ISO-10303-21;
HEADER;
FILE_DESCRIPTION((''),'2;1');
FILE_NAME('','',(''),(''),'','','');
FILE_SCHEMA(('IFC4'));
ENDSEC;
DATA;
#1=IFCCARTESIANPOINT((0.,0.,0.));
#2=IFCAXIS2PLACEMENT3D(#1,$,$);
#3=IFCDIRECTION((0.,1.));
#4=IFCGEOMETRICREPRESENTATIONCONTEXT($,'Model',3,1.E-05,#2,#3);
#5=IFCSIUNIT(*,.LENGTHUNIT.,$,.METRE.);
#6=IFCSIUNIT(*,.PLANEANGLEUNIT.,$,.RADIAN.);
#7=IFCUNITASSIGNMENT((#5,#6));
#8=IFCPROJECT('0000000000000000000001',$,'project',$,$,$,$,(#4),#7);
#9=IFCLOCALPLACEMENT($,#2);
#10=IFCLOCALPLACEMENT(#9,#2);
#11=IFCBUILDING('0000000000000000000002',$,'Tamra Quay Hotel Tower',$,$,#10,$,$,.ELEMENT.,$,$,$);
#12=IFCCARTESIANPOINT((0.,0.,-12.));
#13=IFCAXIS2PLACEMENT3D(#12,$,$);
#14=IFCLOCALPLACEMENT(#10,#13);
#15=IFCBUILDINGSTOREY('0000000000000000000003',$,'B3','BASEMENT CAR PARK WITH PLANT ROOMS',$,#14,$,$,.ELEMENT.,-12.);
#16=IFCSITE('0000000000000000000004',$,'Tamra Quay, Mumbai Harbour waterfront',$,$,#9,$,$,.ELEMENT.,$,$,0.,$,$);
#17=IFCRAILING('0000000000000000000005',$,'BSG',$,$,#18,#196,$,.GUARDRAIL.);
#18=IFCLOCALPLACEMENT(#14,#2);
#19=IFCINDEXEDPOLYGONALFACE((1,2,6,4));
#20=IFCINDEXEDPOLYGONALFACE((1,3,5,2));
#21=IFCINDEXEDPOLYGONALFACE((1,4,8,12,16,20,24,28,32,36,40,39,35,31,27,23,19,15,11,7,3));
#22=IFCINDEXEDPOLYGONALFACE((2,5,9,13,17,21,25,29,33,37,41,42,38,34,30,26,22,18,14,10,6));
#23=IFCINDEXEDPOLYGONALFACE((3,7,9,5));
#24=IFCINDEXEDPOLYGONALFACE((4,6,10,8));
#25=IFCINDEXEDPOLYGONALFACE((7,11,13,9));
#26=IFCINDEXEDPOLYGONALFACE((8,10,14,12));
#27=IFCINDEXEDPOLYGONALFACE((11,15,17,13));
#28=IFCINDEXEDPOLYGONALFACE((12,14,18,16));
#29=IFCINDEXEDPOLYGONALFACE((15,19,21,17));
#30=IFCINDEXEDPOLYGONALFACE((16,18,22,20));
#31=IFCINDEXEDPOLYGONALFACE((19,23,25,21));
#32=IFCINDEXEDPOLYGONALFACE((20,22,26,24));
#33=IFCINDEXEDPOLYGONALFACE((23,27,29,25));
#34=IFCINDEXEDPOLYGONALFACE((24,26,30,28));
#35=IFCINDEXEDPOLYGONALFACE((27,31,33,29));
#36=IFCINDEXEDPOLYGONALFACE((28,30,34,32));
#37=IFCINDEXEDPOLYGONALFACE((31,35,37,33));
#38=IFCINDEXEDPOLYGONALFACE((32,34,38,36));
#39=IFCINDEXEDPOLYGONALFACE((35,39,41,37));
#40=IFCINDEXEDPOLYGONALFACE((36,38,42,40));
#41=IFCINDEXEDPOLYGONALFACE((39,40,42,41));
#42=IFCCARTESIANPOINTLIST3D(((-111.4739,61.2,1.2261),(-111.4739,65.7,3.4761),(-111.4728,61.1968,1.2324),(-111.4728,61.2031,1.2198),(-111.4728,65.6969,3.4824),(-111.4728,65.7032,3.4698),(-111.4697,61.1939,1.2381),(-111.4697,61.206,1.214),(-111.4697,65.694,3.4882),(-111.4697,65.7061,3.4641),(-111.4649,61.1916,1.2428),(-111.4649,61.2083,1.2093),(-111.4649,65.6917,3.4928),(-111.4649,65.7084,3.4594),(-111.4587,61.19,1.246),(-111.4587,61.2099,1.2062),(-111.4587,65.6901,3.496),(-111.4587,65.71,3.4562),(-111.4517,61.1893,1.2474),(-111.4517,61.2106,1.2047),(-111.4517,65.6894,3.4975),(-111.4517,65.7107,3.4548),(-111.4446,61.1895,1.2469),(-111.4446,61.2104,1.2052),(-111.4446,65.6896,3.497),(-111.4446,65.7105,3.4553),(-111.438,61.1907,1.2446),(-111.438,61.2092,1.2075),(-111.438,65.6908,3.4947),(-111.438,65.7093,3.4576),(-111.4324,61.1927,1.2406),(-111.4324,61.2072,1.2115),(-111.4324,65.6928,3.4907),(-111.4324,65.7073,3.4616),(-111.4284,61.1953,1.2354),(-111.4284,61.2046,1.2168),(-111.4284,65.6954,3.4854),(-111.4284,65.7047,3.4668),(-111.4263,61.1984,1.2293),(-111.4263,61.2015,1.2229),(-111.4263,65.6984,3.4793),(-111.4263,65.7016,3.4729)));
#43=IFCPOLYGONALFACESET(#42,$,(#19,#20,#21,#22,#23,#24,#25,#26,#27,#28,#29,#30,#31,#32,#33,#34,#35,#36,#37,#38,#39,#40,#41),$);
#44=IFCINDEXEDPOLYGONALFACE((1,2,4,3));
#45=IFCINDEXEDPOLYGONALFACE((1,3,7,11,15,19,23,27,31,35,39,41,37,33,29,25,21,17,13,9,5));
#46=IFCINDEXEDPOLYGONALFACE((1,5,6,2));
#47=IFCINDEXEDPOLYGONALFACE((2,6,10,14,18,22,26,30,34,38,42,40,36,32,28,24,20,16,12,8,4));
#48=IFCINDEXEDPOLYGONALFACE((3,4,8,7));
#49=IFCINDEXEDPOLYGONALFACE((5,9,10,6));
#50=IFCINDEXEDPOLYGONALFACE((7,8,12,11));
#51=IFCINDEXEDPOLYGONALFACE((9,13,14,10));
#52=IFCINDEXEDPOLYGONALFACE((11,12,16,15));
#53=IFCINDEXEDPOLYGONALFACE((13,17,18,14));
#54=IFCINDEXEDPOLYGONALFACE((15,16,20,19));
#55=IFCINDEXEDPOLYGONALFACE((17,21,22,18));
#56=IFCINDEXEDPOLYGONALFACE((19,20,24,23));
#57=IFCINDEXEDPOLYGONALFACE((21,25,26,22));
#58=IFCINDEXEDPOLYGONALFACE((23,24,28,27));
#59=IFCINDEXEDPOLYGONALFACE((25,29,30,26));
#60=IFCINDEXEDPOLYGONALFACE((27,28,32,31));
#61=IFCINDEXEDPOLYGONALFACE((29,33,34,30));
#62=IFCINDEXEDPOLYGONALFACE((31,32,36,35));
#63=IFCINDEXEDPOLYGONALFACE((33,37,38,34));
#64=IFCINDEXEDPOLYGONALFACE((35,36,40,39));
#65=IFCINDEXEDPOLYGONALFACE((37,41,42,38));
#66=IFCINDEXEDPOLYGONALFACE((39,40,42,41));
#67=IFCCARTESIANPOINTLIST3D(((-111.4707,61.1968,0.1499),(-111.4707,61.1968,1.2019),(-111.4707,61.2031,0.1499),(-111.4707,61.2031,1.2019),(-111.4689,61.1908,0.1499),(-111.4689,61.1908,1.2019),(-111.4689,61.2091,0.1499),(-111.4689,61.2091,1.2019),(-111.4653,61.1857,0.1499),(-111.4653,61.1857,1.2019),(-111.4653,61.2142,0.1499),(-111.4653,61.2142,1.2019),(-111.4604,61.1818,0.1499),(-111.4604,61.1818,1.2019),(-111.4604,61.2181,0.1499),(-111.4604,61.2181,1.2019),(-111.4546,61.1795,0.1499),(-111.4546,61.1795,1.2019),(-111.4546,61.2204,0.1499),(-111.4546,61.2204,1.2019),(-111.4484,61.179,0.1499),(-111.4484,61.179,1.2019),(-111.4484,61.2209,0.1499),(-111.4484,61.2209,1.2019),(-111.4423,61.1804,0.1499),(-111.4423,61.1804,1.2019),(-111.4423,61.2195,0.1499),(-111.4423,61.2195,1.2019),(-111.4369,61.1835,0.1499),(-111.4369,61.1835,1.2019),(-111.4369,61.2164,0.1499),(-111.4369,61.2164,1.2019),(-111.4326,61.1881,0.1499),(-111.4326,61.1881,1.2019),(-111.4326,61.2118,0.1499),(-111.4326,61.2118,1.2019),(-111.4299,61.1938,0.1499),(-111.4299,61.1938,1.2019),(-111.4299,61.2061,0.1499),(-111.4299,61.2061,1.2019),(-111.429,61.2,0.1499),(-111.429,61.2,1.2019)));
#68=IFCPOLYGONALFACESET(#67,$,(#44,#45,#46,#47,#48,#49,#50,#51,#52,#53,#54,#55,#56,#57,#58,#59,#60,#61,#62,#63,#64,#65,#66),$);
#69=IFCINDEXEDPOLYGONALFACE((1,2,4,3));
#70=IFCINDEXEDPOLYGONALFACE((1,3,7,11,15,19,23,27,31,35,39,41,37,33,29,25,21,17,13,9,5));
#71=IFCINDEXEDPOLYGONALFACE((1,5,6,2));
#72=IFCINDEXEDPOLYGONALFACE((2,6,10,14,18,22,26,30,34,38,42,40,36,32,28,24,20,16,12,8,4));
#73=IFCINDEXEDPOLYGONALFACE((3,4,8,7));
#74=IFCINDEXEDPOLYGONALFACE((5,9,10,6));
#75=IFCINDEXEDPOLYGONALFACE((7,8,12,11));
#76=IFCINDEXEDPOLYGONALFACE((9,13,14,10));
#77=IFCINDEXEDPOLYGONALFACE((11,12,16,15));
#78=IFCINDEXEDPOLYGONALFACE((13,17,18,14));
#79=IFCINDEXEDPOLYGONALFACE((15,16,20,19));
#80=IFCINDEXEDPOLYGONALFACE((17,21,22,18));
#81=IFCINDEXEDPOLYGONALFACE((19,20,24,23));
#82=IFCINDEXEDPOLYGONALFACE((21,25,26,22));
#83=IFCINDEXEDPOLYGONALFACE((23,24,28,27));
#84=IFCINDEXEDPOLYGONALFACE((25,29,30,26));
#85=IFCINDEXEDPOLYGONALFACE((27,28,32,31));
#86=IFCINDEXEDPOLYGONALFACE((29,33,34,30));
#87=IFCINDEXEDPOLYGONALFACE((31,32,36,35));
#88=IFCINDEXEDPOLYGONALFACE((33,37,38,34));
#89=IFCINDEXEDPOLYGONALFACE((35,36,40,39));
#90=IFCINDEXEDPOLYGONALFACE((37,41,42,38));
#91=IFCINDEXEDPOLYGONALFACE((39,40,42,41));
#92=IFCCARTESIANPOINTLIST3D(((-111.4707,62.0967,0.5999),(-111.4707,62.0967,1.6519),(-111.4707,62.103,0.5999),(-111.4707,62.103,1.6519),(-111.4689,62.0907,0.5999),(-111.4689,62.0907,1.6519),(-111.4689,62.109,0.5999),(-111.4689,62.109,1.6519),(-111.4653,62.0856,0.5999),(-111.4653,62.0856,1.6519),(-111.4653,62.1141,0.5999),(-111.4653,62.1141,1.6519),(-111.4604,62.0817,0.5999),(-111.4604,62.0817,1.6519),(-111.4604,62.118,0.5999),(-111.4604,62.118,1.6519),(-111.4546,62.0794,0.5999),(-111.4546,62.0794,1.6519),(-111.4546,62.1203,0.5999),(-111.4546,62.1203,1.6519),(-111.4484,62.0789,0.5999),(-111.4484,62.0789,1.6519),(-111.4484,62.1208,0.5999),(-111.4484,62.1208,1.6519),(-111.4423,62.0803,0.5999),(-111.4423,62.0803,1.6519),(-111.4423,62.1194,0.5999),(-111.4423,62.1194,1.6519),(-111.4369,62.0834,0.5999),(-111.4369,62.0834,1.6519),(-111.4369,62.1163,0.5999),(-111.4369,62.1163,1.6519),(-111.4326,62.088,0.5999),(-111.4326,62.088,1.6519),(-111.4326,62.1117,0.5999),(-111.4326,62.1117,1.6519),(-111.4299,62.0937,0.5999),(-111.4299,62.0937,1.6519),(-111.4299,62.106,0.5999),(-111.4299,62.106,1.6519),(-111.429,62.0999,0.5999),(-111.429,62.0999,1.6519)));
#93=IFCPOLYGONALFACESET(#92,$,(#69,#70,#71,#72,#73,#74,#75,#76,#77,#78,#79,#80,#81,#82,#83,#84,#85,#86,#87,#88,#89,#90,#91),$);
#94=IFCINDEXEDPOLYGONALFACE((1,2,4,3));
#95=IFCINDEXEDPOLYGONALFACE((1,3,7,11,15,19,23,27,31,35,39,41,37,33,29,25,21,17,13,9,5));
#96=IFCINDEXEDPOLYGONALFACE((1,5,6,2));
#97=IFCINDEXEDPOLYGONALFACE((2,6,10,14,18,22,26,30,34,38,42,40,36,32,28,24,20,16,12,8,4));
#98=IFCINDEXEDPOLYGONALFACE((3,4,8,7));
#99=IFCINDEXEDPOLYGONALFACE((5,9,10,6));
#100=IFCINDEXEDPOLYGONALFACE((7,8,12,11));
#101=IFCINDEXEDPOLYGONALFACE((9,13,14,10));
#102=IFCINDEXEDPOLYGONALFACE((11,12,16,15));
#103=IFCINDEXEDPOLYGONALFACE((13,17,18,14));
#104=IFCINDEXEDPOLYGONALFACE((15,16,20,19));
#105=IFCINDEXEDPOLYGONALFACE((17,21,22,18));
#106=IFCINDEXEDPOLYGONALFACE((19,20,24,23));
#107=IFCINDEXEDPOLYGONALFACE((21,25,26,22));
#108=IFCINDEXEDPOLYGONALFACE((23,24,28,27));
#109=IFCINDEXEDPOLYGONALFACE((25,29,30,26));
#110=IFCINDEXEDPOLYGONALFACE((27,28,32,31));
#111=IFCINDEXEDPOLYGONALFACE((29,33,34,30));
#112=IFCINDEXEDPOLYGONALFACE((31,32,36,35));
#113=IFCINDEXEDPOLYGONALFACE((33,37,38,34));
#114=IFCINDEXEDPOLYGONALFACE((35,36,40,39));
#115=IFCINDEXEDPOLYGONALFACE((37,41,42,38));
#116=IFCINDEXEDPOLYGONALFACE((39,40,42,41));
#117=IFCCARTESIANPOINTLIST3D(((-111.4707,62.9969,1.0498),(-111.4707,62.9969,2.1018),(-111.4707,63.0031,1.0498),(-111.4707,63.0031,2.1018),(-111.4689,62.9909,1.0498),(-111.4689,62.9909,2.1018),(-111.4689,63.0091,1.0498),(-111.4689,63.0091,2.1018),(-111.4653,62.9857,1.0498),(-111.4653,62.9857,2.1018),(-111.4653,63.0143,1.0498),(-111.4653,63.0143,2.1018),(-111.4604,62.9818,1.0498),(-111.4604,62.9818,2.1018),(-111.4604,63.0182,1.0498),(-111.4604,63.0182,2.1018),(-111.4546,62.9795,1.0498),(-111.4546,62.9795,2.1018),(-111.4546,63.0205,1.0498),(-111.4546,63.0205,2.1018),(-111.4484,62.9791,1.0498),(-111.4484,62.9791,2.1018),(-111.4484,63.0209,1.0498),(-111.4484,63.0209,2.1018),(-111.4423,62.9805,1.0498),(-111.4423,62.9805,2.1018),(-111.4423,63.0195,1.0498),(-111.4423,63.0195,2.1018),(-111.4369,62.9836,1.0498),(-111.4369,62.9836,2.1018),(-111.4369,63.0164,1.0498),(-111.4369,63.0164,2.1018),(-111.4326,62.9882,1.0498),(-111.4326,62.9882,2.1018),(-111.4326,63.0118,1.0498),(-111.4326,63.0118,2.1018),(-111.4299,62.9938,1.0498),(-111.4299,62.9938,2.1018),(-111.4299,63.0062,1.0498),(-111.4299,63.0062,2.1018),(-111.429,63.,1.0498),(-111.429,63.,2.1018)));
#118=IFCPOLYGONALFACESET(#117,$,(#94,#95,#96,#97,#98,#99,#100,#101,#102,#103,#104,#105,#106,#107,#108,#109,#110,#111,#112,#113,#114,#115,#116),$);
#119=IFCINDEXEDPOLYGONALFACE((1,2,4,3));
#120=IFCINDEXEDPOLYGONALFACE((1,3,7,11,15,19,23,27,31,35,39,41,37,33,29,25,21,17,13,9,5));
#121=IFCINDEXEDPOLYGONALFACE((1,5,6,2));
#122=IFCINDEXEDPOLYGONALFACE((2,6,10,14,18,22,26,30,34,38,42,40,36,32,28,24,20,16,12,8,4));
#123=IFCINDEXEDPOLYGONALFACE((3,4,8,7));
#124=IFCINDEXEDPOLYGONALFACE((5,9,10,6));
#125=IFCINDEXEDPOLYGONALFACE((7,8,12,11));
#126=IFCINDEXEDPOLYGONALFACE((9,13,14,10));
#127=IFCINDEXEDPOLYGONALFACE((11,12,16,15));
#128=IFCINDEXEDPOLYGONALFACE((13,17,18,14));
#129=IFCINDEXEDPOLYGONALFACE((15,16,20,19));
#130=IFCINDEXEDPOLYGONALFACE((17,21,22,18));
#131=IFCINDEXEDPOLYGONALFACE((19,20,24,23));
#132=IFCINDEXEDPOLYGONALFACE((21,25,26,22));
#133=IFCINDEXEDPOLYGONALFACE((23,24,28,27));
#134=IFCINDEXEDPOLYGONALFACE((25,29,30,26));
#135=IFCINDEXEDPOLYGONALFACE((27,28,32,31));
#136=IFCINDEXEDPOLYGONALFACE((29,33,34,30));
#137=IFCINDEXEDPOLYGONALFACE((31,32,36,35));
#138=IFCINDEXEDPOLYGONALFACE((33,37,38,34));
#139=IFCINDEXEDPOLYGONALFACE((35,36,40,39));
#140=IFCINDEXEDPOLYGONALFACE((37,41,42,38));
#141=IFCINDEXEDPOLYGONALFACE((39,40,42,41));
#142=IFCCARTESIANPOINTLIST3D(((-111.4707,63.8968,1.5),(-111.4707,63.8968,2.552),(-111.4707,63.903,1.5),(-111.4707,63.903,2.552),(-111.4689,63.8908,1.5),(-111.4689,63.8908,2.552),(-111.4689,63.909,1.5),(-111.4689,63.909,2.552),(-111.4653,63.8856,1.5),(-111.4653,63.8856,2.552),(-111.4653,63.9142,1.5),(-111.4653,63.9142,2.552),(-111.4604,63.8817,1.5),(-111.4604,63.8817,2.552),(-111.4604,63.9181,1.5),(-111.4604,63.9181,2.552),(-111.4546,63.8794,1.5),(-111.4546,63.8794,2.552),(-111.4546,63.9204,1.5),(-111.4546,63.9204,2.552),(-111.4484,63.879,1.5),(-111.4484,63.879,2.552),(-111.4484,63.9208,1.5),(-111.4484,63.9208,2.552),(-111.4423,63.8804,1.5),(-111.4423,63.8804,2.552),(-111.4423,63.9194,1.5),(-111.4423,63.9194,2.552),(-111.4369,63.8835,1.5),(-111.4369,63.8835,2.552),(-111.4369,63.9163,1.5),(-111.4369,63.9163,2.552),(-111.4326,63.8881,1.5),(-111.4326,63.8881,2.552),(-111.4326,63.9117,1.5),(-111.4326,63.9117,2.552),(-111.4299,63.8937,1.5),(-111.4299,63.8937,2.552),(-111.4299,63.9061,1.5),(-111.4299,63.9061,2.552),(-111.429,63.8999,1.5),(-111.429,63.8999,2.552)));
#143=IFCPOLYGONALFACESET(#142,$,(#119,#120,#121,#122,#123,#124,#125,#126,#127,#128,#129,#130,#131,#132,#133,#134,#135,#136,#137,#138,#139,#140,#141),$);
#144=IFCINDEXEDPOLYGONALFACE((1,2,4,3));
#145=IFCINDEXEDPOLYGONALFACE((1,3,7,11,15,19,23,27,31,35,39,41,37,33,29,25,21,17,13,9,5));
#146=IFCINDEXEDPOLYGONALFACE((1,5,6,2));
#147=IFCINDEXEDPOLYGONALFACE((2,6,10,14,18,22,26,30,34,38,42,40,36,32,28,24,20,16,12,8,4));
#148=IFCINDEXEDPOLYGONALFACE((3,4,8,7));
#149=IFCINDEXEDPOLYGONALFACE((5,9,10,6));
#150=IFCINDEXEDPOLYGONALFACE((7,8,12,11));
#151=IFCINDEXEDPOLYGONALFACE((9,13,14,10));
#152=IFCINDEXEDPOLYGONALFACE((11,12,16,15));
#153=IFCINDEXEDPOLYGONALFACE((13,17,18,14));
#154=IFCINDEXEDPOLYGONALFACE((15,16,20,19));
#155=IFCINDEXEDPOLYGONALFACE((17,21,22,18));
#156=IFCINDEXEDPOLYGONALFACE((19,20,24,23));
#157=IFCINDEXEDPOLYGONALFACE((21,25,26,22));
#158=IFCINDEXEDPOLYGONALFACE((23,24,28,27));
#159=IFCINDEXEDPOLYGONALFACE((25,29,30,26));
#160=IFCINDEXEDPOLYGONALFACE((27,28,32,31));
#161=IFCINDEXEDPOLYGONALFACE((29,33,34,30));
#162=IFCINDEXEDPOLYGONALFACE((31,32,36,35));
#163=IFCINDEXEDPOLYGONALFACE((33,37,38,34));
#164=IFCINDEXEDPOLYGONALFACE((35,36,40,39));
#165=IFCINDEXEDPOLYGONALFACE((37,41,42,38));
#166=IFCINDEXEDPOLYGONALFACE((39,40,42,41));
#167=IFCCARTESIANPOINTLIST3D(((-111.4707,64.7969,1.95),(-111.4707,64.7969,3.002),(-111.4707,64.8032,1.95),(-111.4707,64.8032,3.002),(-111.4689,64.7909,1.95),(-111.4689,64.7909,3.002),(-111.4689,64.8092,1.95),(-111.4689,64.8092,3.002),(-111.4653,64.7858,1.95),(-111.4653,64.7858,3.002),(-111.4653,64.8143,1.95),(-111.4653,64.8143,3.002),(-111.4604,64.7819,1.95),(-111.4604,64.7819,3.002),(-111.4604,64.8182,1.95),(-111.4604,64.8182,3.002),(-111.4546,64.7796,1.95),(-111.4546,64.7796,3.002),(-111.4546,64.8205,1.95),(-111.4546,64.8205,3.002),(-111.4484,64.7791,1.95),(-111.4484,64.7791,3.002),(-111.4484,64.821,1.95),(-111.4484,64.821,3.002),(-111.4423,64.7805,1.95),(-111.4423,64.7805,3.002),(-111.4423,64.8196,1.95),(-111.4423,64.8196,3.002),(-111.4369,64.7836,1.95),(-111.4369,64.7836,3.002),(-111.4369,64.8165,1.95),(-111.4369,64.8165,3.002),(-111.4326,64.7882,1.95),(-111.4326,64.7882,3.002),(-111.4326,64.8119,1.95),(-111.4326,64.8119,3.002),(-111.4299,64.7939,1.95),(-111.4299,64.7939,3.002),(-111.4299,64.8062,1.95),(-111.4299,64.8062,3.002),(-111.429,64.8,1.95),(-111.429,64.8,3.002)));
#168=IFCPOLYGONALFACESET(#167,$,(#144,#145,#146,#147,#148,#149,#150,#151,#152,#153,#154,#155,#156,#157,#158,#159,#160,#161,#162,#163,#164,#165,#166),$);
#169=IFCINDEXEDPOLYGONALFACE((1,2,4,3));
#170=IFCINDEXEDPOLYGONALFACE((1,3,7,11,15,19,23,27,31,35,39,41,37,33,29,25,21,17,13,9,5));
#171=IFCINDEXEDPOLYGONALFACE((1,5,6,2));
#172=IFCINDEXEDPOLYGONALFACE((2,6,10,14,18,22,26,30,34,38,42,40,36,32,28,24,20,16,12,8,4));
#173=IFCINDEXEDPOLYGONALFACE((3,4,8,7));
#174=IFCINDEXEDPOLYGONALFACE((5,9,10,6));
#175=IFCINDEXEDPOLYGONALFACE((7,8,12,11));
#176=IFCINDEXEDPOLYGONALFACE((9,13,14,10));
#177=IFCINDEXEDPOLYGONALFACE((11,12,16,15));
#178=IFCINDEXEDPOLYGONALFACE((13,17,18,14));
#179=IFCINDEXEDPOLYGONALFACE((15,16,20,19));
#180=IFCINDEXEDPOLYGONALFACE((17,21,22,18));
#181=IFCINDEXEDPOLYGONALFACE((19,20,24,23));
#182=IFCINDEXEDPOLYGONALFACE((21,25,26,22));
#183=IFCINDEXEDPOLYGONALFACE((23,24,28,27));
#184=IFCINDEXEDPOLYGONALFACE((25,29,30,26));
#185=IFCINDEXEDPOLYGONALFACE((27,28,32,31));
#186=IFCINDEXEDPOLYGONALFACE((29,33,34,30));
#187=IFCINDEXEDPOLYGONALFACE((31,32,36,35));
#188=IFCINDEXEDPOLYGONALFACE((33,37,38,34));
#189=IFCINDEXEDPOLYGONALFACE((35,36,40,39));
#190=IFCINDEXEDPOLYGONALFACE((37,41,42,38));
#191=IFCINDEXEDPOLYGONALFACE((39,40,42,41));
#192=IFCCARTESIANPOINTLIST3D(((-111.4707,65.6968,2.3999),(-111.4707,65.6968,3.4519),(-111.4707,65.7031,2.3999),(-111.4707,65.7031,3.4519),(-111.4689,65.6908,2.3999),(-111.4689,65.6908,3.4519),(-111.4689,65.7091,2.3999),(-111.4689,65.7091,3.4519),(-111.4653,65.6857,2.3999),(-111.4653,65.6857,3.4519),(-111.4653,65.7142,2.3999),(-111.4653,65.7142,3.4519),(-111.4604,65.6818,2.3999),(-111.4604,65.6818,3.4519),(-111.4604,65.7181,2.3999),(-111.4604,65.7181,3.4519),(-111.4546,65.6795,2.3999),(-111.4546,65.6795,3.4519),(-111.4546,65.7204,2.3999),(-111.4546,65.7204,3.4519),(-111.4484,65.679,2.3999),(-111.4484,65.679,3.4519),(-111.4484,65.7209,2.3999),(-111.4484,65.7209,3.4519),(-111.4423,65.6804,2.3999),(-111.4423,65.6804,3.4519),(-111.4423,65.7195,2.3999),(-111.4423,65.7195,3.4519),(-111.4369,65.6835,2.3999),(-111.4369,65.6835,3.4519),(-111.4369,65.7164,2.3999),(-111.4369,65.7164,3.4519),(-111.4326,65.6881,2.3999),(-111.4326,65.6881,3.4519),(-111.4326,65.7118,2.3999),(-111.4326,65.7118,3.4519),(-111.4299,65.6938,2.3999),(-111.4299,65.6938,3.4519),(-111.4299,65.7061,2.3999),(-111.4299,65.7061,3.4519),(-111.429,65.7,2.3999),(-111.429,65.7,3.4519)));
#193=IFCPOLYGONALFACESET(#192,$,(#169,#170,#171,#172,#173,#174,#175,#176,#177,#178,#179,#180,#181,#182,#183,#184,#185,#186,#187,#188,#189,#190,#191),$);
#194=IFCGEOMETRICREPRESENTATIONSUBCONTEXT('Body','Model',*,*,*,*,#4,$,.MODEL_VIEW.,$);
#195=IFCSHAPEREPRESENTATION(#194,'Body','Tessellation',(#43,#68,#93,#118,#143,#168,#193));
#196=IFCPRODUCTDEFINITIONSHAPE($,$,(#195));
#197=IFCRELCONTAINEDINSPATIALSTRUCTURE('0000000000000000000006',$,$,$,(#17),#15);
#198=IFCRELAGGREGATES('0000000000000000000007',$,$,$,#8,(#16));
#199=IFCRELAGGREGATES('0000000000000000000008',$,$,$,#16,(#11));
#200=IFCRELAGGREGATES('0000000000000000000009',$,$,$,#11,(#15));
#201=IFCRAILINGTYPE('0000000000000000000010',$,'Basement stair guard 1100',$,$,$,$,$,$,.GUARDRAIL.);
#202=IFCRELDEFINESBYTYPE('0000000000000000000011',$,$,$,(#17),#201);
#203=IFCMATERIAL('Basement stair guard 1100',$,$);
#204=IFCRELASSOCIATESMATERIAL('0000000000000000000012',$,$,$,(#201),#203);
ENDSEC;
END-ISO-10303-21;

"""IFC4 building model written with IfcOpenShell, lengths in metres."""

from ifc_helpers import new_model, si_unit, direction, frame, origin, origin_2d, place, context, subcontext, project, spatial, circle, extrude, material, type_object, element, save


model = new_model("IFC4")

# Units and contexts
model_context = context("Model", 3, precision=1e-05, world=origin(), true_north=direction((0.0, 1.0)))
body_context = subcontext(model_context, "Body", "Model", "MODEL_VIEW")
ifc_project = project(units=[si_unit("LENGTHUNIT", "METRE"), si_unit("PLANEANGLEUNIT", "RADIAN")], contexts=[model_context])

# Site, building, storey
site_placement = place(None, origin())
site = spatial("IfcSite", under=ifc_project, at=site_placement, Name="Tamra Quay, Mumbai Harbour waterfront", CompositionType="ELEMENT", RefElevation=0.0)
building_placement = place(site_placement, origin())
building = spatial("IfcBuilding", under=site, at=building_placement, Name="Tamra Quay Hotel Tower", CompositionType="ELEMENT")
storey_placement = place(building_placement, frame((0.0, 0.0, -12.0)))
storey = spatial("IfcBuildingStorey", under=building, at=storey_placement, Name="B3", Description="BASEMENT CAR PARK WITH PLANT ROOMS", CompositionType="ELEMENT", Elevation=-12.0)

# Railing
ifc_material_1 = material(Name="Basement stair guard 1100")
railing_type_1 = type_object("IfcRailingType", Name="Basement stair guard 1100", PredefinedType="GUARDRAIL", material=ifc_material_1)
railing_1_placement = place(storey_placement, frame((-111.45, 61.2, 0.1499)))
element("IfcRailing", 1, at=railing_1_placement, inside=storey, type_object=railing_type_1, Name="BSG", PredefinedType="GUARDRAIL", context=body_context, shape_type="SweptSolid", body=[
    extrude(circle(Radius=0.0239, at=origin_2d()), frame((0.0, 0.0, 1.0762), z_axis=(0.0, 0.894427, 0.447214), x_axis=(-1.0, 0.0, 0.0)), (0.0, 0.0, 1.0), 5.0312),
    extrude(circle(Radius=0.021, at=origin_2d()), origin(), (0.0, 0.0, 1.0), 1.052),
    extrude(circle(Radius=0.021, at=origin_2d()), frame((0.0, 0.8999, 0.45)), (0.0, 0.0, 1.0), 1.052),
    extrude(circle(Radius=0.021, at=origin_2d()), frame((0.0, 1.8, 0.8999)), (0.0, 0.0, 1.0), 1.052),
    extrude(circle(Radius=0.021, at=origin_2d()), frame((0.0, 2.7, 1.3501)), (0.0, 0.0, 1.0), 1.052),
    extrude(circle(Radius=0.021, at=origin_2d()), frame((0.0, 3.6001, 1.8)), (0.0, 0.0, 1.0), 1.052),
    extrude(circle(Radius=0.021, at=origin_2d()), frame((0.0, 4.5, 2.25)), (0.0, 0.0, 1.0), 1.052),
])

save(model, "model.ifc")
